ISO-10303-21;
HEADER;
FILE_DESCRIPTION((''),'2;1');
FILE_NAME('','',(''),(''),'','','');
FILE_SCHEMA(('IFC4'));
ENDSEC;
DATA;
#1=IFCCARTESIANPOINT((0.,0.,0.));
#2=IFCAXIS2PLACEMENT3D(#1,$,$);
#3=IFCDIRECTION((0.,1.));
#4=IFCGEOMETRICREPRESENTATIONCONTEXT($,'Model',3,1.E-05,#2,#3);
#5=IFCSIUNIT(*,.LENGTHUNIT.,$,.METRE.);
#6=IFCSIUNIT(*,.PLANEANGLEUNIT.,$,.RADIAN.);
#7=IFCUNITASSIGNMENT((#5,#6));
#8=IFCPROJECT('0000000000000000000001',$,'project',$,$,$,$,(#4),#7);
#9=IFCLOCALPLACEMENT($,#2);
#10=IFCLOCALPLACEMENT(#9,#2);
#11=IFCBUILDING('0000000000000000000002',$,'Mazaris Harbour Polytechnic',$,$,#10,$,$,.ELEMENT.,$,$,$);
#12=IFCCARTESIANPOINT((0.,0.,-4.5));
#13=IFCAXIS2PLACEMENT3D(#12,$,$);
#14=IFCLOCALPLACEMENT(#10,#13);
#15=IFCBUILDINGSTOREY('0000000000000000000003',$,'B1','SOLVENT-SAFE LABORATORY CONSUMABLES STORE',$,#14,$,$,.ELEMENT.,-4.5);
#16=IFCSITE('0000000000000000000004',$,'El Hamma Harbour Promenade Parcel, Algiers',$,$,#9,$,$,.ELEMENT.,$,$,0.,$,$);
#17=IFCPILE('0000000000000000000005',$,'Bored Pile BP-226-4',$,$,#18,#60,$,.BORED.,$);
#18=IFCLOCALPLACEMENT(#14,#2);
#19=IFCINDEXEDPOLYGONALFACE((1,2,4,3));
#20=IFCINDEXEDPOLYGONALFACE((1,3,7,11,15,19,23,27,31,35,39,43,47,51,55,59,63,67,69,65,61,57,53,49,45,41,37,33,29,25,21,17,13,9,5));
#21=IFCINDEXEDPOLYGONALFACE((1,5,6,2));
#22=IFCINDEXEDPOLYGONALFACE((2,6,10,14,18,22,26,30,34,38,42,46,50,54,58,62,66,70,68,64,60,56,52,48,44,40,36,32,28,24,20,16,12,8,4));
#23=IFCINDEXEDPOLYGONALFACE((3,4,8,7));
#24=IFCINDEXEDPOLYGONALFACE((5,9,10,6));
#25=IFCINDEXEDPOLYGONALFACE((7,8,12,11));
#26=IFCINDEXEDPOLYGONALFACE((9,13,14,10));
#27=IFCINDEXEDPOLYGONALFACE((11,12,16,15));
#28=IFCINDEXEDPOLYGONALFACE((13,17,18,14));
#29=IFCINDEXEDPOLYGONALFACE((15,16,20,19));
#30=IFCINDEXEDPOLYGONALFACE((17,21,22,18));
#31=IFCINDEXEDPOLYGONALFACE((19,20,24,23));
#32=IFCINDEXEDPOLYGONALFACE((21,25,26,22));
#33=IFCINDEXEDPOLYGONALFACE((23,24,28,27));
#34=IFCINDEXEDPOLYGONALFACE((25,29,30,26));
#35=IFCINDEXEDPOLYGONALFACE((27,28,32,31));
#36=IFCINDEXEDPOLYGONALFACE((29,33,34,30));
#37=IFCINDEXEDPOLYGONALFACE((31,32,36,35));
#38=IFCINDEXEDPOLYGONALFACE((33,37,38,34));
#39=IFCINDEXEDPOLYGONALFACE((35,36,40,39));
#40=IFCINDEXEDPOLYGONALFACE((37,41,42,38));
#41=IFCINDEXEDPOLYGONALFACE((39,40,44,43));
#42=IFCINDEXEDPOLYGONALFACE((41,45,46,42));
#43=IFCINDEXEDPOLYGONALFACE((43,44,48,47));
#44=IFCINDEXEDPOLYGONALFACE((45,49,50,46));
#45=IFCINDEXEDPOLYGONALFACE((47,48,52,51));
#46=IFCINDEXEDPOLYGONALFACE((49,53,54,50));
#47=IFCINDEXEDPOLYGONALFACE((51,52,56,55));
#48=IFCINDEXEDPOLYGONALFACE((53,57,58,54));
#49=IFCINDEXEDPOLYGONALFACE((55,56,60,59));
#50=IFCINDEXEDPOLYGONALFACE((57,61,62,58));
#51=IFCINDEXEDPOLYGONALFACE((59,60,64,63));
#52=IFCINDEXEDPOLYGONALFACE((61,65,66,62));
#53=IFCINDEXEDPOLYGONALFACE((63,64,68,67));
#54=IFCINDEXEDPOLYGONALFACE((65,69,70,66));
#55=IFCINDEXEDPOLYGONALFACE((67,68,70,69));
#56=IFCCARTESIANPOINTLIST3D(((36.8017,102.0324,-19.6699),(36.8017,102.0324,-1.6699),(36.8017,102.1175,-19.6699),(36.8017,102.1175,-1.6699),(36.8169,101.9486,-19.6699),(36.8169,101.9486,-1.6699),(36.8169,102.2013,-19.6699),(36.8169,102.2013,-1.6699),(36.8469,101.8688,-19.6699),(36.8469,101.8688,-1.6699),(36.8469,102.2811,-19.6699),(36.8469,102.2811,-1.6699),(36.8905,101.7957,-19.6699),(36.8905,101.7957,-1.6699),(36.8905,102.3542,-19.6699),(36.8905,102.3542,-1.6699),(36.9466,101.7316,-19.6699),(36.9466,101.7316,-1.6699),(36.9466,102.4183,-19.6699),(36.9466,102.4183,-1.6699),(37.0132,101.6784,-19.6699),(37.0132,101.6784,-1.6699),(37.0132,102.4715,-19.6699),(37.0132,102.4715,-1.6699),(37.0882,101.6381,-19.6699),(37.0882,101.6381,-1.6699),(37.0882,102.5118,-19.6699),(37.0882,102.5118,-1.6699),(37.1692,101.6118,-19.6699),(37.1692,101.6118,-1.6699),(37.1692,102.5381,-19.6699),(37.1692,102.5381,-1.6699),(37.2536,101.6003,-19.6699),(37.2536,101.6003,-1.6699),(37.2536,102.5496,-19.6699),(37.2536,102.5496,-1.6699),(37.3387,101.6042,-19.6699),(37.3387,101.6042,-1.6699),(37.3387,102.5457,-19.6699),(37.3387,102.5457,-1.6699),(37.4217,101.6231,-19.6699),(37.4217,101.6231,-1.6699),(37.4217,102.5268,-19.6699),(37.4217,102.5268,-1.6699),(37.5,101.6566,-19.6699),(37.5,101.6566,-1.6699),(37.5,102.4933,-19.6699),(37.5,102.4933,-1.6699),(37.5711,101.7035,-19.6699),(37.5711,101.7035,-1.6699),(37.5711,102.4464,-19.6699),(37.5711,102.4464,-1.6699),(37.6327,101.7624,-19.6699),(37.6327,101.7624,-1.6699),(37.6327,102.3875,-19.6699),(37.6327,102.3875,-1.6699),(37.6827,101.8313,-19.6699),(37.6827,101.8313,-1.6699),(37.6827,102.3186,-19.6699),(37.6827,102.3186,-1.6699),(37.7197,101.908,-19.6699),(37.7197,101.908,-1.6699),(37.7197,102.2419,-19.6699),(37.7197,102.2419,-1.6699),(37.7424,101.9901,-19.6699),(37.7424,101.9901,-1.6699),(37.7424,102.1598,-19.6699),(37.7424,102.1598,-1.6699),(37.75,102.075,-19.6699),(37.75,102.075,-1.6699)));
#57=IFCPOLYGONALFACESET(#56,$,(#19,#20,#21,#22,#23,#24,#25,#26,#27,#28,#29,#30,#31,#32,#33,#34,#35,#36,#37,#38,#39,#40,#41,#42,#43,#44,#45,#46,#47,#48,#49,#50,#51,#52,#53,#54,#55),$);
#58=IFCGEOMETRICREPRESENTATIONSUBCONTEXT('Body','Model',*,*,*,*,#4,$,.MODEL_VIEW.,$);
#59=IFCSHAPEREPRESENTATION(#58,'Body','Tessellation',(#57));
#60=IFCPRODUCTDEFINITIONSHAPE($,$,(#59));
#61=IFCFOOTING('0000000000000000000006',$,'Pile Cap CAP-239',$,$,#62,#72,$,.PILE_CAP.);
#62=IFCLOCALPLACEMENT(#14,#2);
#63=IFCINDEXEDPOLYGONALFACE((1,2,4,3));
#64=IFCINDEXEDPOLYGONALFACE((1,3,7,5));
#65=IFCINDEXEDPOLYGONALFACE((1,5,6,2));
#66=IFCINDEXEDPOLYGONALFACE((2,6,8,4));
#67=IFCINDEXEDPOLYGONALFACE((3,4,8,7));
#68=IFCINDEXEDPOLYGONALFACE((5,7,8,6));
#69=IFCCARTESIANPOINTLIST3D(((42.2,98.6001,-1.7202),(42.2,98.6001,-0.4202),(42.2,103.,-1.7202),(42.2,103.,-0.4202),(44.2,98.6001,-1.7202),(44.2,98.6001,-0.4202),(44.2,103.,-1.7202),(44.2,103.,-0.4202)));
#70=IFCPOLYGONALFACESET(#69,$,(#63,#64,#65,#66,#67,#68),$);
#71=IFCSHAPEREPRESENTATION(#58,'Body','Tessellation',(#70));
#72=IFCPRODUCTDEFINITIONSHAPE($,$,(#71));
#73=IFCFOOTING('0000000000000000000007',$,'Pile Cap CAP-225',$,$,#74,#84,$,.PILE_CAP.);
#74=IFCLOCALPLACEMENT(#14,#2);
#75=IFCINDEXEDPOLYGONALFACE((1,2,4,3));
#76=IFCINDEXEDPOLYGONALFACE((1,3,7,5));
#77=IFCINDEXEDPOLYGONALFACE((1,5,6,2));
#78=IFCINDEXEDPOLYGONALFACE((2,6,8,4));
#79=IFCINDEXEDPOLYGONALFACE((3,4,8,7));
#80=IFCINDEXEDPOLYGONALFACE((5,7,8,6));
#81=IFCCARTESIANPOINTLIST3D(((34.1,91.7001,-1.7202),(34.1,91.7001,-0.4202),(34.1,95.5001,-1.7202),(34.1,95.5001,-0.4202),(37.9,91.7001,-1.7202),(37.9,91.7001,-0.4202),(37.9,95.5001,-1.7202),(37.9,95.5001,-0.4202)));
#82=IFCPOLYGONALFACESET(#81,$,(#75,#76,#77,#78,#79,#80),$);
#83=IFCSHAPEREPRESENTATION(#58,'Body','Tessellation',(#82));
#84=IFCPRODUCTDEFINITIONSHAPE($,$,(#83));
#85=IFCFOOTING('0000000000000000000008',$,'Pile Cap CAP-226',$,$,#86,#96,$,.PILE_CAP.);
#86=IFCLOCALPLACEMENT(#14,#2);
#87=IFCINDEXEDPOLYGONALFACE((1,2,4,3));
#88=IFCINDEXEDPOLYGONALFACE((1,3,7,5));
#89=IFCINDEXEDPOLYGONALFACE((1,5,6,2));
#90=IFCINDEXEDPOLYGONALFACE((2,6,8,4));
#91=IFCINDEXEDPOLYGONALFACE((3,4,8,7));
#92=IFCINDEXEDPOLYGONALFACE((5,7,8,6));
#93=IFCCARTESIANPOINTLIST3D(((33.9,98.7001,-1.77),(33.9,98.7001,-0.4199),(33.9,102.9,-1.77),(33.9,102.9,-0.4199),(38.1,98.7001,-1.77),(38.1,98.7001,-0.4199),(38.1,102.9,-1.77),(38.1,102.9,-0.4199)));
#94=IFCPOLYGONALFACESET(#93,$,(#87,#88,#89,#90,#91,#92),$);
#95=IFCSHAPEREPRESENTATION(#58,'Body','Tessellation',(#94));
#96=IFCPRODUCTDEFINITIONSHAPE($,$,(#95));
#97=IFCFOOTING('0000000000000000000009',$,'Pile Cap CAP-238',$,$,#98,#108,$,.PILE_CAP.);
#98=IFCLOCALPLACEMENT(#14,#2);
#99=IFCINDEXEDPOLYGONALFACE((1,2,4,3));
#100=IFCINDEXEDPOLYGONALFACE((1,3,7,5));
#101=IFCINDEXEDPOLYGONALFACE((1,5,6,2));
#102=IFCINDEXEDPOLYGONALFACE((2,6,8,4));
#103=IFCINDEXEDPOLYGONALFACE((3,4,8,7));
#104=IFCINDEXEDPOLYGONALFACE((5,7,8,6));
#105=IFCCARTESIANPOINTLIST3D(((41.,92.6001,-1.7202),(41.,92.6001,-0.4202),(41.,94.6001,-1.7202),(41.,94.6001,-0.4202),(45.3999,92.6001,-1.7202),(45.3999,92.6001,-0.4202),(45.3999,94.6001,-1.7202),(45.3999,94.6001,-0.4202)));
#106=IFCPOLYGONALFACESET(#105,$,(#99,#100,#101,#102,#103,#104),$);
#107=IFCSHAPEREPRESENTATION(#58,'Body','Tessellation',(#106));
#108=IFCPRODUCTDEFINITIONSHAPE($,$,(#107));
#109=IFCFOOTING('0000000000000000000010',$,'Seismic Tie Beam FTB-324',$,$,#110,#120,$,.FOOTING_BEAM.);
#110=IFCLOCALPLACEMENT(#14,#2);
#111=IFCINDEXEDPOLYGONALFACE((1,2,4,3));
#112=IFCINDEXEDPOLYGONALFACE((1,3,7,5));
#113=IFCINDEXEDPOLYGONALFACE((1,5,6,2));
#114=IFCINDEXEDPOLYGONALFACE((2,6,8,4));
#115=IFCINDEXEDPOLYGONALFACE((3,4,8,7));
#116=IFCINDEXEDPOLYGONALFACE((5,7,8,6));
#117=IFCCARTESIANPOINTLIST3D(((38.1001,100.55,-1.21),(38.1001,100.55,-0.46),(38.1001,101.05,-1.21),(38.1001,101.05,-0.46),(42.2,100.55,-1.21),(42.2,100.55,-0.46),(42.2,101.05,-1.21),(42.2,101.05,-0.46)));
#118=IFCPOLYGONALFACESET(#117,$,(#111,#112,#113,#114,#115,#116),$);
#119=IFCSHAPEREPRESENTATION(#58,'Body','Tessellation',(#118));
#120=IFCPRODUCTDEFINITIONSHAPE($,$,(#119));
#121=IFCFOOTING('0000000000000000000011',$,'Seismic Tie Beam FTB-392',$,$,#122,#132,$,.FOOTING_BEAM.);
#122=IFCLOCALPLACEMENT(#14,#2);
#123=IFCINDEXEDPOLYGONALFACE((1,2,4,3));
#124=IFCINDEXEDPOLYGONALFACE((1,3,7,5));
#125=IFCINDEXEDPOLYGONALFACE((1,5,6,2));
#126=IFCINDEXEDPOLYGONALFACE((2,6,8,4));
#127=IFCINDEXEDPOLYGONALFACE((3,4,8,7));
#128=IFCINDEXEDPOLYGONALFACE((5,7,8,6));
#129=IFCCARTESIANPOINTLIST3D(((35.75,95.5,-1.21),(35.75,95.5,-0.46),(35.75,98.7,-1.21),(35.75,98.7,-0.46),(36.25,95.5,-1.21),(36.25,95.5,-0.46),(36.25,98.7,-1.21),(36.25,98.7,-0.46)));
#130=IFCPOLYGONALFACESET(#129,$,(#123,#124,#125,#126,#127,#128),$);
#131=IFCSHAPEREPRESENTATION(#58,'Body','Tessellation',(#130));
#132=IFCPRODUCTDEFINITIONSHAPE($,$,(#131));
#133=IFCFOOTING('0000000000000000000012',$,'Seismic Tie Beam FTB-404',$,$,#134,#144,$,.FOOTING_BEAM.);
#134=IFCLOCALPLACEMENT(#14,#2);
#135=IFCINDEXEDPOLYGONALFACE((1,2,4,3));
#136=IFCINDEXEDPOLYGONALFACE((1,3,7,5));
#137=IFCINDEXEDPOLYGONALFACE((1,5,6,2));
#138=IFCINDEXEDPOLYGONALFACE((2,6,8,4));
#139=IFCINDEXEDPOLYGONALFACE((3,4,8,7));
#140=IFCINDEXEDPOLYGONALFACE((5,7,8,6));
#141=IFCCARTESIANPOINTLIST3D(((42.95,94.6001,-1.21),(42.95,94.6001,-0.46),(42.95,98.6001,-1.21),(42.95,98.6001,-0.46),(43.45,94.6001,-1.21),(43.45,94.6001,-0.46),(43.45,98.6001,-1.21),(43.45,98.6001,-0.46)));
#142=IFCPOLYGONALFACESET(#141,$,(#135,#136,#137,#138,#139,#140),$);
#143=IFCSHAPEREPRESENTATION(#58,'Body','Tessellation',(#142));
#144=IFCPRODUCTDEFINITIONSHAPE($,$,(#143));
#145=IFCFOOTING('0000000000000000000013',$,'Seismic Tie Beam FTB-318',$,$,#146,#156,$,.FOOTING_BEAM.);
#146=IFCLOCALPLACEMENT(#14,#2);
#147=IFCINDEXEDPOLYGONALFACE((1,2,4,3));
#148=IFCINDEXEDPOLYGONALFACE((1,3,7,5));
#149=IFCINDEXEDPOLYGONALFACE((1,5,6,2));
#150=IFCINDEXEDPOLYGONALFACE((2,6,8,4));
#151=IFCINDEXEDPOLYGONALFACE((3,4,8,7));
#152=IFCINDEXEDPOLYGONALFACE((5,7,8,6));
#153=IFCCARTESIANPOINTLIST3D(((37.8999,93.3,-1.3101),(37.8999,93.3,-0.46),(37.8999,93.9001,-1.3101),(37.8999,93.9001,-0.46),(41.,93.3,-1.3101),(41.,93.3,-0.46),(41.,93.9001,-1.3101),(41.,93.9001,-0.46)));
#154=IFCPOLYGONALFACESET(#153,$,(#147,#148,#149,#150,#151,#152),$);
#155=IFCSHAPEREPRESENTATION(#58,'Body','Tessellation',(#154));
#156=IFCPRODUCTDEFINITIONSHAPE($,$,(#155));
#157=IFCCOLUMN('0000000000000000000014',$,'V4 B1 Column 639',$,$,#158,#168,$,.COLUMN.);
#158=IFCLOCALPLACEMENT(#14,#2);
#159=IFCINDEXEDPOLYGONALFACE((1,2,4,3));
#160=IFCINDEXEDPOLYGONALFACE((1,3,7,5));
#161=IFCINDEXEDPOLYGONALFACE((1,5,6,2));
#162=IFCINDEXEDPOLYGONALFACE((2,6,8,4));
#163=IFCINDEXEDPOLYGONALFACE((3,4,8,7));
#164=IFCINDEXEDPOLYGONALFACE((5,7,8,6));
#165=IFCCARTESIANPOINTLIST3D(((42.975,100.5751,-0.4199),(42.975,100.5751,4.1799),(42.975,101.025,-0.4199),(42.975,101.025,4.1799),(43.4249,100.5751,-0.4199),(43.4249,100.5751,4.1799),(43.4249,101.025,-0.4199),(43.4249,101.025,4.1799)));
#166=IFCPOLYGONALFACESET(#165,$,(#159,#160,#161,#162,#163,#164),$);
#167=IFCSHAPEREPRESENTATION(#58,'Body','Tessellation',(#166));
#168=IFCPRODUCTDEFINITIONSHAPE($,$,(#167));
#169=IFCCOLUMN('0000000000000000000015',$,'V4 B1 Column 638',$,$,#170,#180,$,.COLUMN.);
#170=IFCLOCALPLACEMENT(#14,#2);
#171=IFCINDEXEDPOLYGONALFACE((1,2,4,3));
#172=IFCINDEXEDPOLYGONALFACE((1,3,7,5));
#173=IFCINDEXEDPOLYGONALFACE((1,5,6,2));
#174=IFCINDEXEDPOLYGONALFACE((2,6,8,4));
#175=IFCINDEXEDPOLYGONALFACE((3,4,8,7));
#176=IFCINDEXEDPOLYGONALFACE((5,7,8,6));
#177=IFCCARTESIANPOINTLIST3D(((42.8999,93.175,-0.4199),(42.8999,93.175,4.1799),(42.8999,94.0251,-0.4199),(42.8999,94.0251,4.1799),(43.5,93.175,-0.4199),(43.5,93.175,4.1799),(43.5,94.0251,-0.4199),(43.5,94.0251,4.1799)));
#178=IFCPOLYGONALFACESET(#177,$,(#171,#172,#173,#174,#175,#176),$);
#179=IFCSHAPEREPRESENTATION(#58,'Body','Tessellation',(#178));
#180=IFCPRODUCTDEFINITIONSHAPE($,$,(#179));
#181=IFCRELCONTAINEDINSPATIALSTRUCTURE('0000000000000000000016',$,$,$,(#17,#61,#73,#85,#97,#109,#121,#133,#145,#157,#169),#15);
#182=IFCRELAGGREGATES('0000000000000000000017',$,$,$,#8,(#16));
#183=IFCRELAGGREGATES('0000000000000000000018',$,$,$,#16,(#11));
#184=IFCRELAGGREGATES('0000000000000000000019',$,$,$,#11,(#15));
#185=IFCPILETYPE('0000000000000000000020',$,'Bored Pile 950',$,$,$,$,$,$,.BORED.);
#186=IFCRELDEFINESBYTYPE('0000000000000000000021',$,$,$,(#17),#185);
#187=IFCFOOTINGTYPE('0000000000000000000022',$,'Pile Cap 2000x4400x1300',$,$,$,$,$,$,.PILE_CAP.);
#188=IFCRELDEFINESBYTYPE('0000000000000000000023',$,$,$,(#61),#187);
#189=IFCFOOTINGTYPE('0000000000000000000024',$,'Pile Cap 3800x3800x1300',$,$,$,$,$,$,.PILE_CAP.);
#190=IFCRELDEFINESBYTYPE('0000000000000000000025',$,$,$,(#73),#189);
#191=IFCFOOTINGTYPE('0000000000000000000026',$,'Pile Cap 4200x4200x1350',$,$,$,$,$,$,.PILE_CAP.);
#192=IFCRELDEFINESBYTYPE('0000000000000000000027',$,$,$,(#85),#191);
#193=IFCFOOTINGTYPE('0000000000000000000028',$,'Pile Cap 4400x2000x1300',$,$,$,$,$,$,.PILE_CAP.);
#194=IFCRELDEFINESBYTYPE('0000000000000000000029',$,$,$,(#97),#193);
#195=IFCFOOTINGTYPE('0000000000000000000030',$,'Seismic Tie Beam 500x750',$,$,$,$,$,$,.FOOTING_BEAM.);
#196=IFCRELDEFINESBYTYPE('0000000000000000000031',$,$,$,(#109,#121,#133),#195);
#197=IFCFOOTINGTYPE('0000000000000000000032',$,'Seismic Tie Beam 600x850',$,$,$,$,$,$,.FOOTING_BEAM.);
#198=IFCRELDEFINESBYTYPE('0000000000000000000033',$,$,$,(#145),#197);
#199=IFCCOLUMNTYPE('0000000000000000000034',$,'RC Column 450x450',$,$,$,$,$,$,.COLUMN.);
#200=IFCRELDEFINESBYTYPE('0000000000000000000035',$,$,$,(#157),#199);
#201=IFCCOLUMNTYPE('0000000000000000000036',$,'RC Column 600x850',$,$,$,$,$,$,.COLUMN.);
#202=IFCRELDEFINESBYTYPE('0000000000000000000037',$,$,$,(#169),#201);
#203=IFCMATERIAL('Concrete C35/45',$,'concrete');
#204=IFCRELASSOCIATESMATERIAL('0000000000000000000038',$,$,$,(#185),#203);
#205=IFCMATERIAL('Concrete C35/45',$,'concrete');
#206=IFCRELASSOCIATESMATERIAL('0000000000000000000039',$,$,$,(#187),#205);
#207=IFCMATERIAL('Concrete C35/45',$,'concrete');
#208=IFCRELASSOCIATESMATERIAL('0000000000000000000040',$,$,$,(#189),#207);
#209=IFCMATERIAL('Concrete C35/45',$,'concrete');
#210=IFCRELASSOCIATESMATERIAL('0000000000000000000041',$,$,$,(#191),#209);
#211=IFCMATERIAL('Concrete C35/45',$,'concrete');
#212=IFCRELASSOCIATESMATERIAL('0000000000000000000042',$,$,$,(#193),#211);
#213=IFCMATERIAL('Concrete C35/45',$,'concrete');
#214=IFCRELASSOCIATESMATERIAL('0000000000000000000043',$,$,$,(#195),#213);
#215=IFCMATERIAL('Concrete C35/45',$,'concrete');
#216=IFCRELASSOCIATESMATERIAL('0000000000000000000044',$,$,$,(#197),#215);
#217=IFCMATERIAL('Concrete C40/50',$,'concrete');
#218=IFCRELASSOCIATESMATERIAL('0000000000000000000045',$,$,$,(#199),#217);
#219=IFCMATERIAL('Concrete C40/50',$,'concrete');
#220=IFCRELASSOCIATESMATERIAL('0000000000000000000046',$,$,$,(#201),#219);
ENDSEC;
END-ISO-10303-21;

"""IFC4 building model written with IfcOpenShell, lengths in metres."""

from ifc_helpers import new_model, si_unit, direction, frame, origin, origin_2d, place, context, subcontext, project, spatial, rectangle, circle, extrude, material, material_profile, profile_set, type_object, element, save


model = new_model("IFC4")

# Units and contexts
model_context = context("Model", 3, precision=1e-05, world=origin(), true_north=direction((0.0, 1.0)))
body_context = subcontext(model_context, "Body", "Model", "MODEL_VIEW")
ifc_project = project(units=[si_unit("LENGTHUNIT", "METRE"), si_unit("PLANEANGLEUNIT", "RADIAN")], contexts=[model_context])

# Site, building, storey
site_placement = place(None, origin())
site = spatial("IfcSite", under=ifc_project, at=site_placement, Name="El Hamma Harbour Promenade Parcel, Algiers", CompositionType="ELEMENT", RefElevation=0.0)
building_placement = place(site_placement, origin())
building = spatial("IfcBuilding", under=site, at=building_placement, Name="Mazaris Harbour Polytechnic", CompositionType="ELEMENT")
storey_placement = place(building_placement, frame((0.0, 0.0, -4.5)))
storey = spatial("IfcBuildingStorey", under=building, at=storey_placement, Name="B1", Description="SOLVENT-SAFE LABORATORY CONSUMABLES STORE", CompositionType="ELEMENT", Elevation=-4.5)

# Pile
ifc_material_1 = material(Name="Concrete C35/45", Category="concrete")
ifc_material_profile_1 = material_profile(ifc_material_1, circle(Radius=0.4751, at=origin_2d()), Name="DIA950")
ifc_profile_set_1 = profile_set([ifc_material_profile_1], Name="Concrete C35/45")
pile_type_1 = type_object("IfcPileType", Name="Bored Pile 950", PredefinedType="BORED", material=ifc_profile_set_1)
for number, where, z_axis, x_axis, name in (
    (1, (37.2749, 102.075, -1.6699), (0.0, 0.0, -1.0), (1.0, 0.0, 0.0), "Bored Pile BP-226-4"),
):
    element("IfcPile", number, at=place(storey_placement, frame(where, z_axis=z_axis, x_axis=x_axis)), inside=storey, type_object=pile_type_1, Name=name, PredefinedType="BORED", context=body_context, shape_type="SweptSolid", body=[
        extrude(circle(Radius=0.4751, at=origin_2d()), origin(), (0.0, 0.0, 1.0), 18.0),
    ])

# Footings
ifc_material_2 = material(Name="Concrete C35/45", Category="concrete")
footing_type_1 = type_object("IfcFootingType", Name="Pile Cap 2000x4400x1300", PredefinedType="PILE_CAP", material=ifc_material_2)
footing_1_placement = place(storey_placement, frame((43.2, 100.8, -1.7202), z_axis=(0.0, 0.0, 1.0), x_axis=(1.0, 0.0, 0.0)))
element("IfcFooting", 2, at=footing_1_placement, inside=storey, type_object=footing_type_1, Name="Pile Cap CAP-239", PredefinedType="PILE_CAP", context=body_context, shape_type="SweptSolid", body=[
    extrude(rectangle(XDim=2.0, YDim=4.3999, at=origin_2d()), origin(), (0.0, 0.0, 1.0), 1.3),
])
ifc_material_3 = material(Name="Concrete C35/45", Category="concrete")
footing_type_2 = type_object("IfcFootingType", Name="Pile Cap 3800x3800x1300", PredefinedType="PILE_CAP", material=ifc_material_3)
footing_2_placement = place(storey_placement, frame((36.0, 93.6001, -1.7202), z_axis=(0.0, 0.0, 1.0), x_axis=(1.0, 0.0, 0.0)))
element("IfcFooting", 3, at=footing_2_placement, inside=storey, type_object=footing_type_2, Name="Pile Cap CAP-225", PredefinedType="PILE_CAP", context=body_context, shape_type="SweptSolid", body=[
    extrude(rectangle(XDim=3.8, YDim=3.8, at=origin_2d()), origin(), (0.0, 0.0, 1.0), 1.3),
])
ifc_material_4 = material(Name="Concrete C35/45", Category="concrete")
footing_type_3 = type_object("IfcFootingType", Name="Pile Cap 4200x4200x1350", PredefinedType="PILE_CAP", material=ifc_material_4)
footing_3_placement = place(storey_placement, frame((36.0, 100.8, -1.77), z_axis=(0.0, 0.0, 1.0), x_axis=(1.0, 0.0, 0.0)))
element("IfcFooting", 4, at=footing_3_placement, inside=storey, type_object=footing_type_3, Name="Pile Cap CAP-226", PredefinedType="PILE_CAP", context=body_context, shape_type="SweptSolid", body=[
    extrude(rectangle(XDim=4.2, YDim=4.2, at=origin_2d()), origin(), (0.0, 0.0, 1.0), 1.3501),
])
ifc_material_5 = material(Name="Concrete C35/45", Category="concrete")
footing_type_4 = type_object("IfcFootingType", Name="Pile Cap 4400x2000x1300", PredefinedType="PILE_CAP", material=ifc_material_5)
footing_4_placement = place(storey_placement, frame((43.2, 93.6001, -1.7202), z_axis=(0.0, 0.0, 1.0), x_axis=(1.0, 0.0, 0.0)))
element("IfcFooting", 5, at=footing_4_placement, inside=storey, type_object=footing_type_4, Name="Pile Cap CAP-238", PredefinedType="PILE_CAP", context=body_context, shape_type="SweptSolid", body=[
    extrude(rectangle(XDim=4.3999, YDim=2.0, at=origin_2d()), origin(), (0.0, 0.0, 1.0), 1.3),
])
ifc_material_6 = material(Name="Concrete C35/45", Category="concrete")
ifc_material_profile_2 = material_profile(ifc_material_6, rectangle(XDim=0.5, YDim=0.75, at=origin_2d()), Name="RECT500x750")
ifc_profile_set_2 = profile_set([ifc_material_profile_2], Name="Concrete C35/45")
footing_type_5 = type_object("IfcFootingType", Name="Seismic Tie Beam 500x750", PredefinedType="FOOTING_BEAM", material=ifc_profile_set_2)
footing_5_placement = place(storey_placement, frame((38.1001, 100.8, -0.835), z_axis=(1.0, 0.0, 0.0), x_axis=(0.0, 1.0, 0.0)))
element("IfcFooting", 6, at=footing_5_placement, inside=storey, type_object=footing_type_5, Name="Seismic Tie Beam FTB-324", PredefinedType="FOOTING_BEAM", context=body_context, shape_type="SweptSolid", body=[
    extrude(rectangle(XDim=0.5, YDim=0.75, at=origin_2d()), origin(), (0.0, 0.0, 1.0), 4.0999),
])
footing_6_placement = place(storey_placement, frame((36.0, 95.5, -0.835), z_axis=(0.0, 1.0, 0.0), x_axis=(-1.0, 0.0, 0.0)))
element("IfcFooting", 7, at=footing_6_placement, inside=storey, type_object=footing_type_5, Name="Seismic Tie Beam FTB-392", PredefinedType="FOOTING_BEAM", context=body_context, shape_type="SweptSolid", body=[
    extrude(rectangle(XDim=0.5, YDim=0.75, at=origin_2d()), origin(), (0.0, 0.0, 1.0), 3.2),
])
footing_7_placement = place(storey_placement, frame((43.2, 94.6001, -0.835), z_axis=(0.0, 1.0, 0.0), x_axis=(-1.0, 0.0, 0.0)))
element("IfcFooting", 8, at=footing_7_placement, inside=storey, type_object=footing_type_5, Name="Seismic Tie Beam FTB-404", PredefinedType="FOOTING_BEAM", context=body_context, shape_type="SweptSolid", body=[
    extrude(rectangle(XDim=0.5, YDim=0.75, at=origin_2d()), origin(), (0.0, 0.0, 1.0), 4.0),
])
ifc_material_7 = material(Name="Concrete C35/45", Category="concrete")
ifc_material_profile_3 = material_profile(ifc_material_7, rectangle(XDim=0.6001, YDim=0.8501, at=origin_2d()), Name="RECT600x850")
ifc_profile_set_3 = profile_set([ifc_material_profile_3], Name="Concrete C35/45")
footing_type_6 = type_object("IfcFootingType", Name="Seismic Tie Beam 600x850", PredefinedType="FOOTING_BEAM", material=ifc_profile_set_3)
footing_8_placement = place(storey_placement, frame((37.8999, 93.6001, -0.885), z_axis=(1.0, 0.0, 0.0), x_axis=(0.0, 1.0, 0.0)))
element("IfcFooting", 9, at=footing_8_placement, inside=storey, type_object=footing_type_6, Name="Seismic Tie Beam FTB-318", PredefinedType="FOOTING_BEAM", context=body_context, shape_type="SweptSolid", body=[
    extrude(rectangle(XDim=0.6001, YDim=0.8501, at=origin_2d()), origin(), (0.0, 0.0, 1.0), 3.1001),
])

# Columns
ifc_material_8 = material(Name="Concrete C40/50", Category="concrete")
ifc_material_profile_4 = material_profile(ifc_material_8, rectangle(XDim=0.45, YDim=0.45, at=origin_2d()), Name="RECT450x450")
ifc_profile_set_4 = profile_set([ifc_material_profile_4], Name="Concrete C40/50")
column_type_1 = type_object("IfcColumnType", Name="RC Column 450x450", PredefinedType="COLUMN", material=ifc_profile_set_4)
column_1_placement = place(storey_placement, frame((43.2, 100.8, -0.4199), z_axis=(0.0, 0.0, 1.0), x_axis=(1.0, 0.0, 0.0)))
element("IfcColumn", 10, at=column_1_placement, inside=storey, type_object=column_type_1, Name="V4 B1 Column 639", PredefinedType="COLUMN", context=body_context, shape_type="SweptSolid", body=[
    extrude(rectangle(XDim=0.45, YDim=0.45, at=origin_2d()), origin(), (0.0, 0.0, 1.0), 4.5999),
])
ifc_material_9 = material(Name="Concrete C40/50", Category="concrete")
ifc_material_profile_5 = material_profile(ifc_material_9, rectangle(XDim=0.6001, YDim=0.8501, at=origin_2d()), Name="RECT600x850")
ifc_profile_set_5 = profile_set([ifc_material_profile_5], Name="Concrete C40/50")
column_type_2 = type_object("IfcColumnType", Name="RC Column 600x850", PredefinedType="COLUMN", material=ifc_profile_set_5)
column_2_placement = place(storey_placement, frame((43.2, 93.6001, -0.4199), z_axis=(0.0, 0.0, 1.0), x_axis=(1.0, 0.0, 0.0)))
element("IfcColumn", 11, at=column_2_placement, inside=storey, type_object=column_type_2, Name="V4 B1 Column 638", PredefinedType="COLUMN", context=body_context, shape_type="SweptSolid", body=[
    extrude(rectangle(XDim=0.6001, YDim=0.8501, at=origin_2d()), origin(), (0.0, 0.0, 1.0), 4.5999),
])

save(model, "model.ifc")
